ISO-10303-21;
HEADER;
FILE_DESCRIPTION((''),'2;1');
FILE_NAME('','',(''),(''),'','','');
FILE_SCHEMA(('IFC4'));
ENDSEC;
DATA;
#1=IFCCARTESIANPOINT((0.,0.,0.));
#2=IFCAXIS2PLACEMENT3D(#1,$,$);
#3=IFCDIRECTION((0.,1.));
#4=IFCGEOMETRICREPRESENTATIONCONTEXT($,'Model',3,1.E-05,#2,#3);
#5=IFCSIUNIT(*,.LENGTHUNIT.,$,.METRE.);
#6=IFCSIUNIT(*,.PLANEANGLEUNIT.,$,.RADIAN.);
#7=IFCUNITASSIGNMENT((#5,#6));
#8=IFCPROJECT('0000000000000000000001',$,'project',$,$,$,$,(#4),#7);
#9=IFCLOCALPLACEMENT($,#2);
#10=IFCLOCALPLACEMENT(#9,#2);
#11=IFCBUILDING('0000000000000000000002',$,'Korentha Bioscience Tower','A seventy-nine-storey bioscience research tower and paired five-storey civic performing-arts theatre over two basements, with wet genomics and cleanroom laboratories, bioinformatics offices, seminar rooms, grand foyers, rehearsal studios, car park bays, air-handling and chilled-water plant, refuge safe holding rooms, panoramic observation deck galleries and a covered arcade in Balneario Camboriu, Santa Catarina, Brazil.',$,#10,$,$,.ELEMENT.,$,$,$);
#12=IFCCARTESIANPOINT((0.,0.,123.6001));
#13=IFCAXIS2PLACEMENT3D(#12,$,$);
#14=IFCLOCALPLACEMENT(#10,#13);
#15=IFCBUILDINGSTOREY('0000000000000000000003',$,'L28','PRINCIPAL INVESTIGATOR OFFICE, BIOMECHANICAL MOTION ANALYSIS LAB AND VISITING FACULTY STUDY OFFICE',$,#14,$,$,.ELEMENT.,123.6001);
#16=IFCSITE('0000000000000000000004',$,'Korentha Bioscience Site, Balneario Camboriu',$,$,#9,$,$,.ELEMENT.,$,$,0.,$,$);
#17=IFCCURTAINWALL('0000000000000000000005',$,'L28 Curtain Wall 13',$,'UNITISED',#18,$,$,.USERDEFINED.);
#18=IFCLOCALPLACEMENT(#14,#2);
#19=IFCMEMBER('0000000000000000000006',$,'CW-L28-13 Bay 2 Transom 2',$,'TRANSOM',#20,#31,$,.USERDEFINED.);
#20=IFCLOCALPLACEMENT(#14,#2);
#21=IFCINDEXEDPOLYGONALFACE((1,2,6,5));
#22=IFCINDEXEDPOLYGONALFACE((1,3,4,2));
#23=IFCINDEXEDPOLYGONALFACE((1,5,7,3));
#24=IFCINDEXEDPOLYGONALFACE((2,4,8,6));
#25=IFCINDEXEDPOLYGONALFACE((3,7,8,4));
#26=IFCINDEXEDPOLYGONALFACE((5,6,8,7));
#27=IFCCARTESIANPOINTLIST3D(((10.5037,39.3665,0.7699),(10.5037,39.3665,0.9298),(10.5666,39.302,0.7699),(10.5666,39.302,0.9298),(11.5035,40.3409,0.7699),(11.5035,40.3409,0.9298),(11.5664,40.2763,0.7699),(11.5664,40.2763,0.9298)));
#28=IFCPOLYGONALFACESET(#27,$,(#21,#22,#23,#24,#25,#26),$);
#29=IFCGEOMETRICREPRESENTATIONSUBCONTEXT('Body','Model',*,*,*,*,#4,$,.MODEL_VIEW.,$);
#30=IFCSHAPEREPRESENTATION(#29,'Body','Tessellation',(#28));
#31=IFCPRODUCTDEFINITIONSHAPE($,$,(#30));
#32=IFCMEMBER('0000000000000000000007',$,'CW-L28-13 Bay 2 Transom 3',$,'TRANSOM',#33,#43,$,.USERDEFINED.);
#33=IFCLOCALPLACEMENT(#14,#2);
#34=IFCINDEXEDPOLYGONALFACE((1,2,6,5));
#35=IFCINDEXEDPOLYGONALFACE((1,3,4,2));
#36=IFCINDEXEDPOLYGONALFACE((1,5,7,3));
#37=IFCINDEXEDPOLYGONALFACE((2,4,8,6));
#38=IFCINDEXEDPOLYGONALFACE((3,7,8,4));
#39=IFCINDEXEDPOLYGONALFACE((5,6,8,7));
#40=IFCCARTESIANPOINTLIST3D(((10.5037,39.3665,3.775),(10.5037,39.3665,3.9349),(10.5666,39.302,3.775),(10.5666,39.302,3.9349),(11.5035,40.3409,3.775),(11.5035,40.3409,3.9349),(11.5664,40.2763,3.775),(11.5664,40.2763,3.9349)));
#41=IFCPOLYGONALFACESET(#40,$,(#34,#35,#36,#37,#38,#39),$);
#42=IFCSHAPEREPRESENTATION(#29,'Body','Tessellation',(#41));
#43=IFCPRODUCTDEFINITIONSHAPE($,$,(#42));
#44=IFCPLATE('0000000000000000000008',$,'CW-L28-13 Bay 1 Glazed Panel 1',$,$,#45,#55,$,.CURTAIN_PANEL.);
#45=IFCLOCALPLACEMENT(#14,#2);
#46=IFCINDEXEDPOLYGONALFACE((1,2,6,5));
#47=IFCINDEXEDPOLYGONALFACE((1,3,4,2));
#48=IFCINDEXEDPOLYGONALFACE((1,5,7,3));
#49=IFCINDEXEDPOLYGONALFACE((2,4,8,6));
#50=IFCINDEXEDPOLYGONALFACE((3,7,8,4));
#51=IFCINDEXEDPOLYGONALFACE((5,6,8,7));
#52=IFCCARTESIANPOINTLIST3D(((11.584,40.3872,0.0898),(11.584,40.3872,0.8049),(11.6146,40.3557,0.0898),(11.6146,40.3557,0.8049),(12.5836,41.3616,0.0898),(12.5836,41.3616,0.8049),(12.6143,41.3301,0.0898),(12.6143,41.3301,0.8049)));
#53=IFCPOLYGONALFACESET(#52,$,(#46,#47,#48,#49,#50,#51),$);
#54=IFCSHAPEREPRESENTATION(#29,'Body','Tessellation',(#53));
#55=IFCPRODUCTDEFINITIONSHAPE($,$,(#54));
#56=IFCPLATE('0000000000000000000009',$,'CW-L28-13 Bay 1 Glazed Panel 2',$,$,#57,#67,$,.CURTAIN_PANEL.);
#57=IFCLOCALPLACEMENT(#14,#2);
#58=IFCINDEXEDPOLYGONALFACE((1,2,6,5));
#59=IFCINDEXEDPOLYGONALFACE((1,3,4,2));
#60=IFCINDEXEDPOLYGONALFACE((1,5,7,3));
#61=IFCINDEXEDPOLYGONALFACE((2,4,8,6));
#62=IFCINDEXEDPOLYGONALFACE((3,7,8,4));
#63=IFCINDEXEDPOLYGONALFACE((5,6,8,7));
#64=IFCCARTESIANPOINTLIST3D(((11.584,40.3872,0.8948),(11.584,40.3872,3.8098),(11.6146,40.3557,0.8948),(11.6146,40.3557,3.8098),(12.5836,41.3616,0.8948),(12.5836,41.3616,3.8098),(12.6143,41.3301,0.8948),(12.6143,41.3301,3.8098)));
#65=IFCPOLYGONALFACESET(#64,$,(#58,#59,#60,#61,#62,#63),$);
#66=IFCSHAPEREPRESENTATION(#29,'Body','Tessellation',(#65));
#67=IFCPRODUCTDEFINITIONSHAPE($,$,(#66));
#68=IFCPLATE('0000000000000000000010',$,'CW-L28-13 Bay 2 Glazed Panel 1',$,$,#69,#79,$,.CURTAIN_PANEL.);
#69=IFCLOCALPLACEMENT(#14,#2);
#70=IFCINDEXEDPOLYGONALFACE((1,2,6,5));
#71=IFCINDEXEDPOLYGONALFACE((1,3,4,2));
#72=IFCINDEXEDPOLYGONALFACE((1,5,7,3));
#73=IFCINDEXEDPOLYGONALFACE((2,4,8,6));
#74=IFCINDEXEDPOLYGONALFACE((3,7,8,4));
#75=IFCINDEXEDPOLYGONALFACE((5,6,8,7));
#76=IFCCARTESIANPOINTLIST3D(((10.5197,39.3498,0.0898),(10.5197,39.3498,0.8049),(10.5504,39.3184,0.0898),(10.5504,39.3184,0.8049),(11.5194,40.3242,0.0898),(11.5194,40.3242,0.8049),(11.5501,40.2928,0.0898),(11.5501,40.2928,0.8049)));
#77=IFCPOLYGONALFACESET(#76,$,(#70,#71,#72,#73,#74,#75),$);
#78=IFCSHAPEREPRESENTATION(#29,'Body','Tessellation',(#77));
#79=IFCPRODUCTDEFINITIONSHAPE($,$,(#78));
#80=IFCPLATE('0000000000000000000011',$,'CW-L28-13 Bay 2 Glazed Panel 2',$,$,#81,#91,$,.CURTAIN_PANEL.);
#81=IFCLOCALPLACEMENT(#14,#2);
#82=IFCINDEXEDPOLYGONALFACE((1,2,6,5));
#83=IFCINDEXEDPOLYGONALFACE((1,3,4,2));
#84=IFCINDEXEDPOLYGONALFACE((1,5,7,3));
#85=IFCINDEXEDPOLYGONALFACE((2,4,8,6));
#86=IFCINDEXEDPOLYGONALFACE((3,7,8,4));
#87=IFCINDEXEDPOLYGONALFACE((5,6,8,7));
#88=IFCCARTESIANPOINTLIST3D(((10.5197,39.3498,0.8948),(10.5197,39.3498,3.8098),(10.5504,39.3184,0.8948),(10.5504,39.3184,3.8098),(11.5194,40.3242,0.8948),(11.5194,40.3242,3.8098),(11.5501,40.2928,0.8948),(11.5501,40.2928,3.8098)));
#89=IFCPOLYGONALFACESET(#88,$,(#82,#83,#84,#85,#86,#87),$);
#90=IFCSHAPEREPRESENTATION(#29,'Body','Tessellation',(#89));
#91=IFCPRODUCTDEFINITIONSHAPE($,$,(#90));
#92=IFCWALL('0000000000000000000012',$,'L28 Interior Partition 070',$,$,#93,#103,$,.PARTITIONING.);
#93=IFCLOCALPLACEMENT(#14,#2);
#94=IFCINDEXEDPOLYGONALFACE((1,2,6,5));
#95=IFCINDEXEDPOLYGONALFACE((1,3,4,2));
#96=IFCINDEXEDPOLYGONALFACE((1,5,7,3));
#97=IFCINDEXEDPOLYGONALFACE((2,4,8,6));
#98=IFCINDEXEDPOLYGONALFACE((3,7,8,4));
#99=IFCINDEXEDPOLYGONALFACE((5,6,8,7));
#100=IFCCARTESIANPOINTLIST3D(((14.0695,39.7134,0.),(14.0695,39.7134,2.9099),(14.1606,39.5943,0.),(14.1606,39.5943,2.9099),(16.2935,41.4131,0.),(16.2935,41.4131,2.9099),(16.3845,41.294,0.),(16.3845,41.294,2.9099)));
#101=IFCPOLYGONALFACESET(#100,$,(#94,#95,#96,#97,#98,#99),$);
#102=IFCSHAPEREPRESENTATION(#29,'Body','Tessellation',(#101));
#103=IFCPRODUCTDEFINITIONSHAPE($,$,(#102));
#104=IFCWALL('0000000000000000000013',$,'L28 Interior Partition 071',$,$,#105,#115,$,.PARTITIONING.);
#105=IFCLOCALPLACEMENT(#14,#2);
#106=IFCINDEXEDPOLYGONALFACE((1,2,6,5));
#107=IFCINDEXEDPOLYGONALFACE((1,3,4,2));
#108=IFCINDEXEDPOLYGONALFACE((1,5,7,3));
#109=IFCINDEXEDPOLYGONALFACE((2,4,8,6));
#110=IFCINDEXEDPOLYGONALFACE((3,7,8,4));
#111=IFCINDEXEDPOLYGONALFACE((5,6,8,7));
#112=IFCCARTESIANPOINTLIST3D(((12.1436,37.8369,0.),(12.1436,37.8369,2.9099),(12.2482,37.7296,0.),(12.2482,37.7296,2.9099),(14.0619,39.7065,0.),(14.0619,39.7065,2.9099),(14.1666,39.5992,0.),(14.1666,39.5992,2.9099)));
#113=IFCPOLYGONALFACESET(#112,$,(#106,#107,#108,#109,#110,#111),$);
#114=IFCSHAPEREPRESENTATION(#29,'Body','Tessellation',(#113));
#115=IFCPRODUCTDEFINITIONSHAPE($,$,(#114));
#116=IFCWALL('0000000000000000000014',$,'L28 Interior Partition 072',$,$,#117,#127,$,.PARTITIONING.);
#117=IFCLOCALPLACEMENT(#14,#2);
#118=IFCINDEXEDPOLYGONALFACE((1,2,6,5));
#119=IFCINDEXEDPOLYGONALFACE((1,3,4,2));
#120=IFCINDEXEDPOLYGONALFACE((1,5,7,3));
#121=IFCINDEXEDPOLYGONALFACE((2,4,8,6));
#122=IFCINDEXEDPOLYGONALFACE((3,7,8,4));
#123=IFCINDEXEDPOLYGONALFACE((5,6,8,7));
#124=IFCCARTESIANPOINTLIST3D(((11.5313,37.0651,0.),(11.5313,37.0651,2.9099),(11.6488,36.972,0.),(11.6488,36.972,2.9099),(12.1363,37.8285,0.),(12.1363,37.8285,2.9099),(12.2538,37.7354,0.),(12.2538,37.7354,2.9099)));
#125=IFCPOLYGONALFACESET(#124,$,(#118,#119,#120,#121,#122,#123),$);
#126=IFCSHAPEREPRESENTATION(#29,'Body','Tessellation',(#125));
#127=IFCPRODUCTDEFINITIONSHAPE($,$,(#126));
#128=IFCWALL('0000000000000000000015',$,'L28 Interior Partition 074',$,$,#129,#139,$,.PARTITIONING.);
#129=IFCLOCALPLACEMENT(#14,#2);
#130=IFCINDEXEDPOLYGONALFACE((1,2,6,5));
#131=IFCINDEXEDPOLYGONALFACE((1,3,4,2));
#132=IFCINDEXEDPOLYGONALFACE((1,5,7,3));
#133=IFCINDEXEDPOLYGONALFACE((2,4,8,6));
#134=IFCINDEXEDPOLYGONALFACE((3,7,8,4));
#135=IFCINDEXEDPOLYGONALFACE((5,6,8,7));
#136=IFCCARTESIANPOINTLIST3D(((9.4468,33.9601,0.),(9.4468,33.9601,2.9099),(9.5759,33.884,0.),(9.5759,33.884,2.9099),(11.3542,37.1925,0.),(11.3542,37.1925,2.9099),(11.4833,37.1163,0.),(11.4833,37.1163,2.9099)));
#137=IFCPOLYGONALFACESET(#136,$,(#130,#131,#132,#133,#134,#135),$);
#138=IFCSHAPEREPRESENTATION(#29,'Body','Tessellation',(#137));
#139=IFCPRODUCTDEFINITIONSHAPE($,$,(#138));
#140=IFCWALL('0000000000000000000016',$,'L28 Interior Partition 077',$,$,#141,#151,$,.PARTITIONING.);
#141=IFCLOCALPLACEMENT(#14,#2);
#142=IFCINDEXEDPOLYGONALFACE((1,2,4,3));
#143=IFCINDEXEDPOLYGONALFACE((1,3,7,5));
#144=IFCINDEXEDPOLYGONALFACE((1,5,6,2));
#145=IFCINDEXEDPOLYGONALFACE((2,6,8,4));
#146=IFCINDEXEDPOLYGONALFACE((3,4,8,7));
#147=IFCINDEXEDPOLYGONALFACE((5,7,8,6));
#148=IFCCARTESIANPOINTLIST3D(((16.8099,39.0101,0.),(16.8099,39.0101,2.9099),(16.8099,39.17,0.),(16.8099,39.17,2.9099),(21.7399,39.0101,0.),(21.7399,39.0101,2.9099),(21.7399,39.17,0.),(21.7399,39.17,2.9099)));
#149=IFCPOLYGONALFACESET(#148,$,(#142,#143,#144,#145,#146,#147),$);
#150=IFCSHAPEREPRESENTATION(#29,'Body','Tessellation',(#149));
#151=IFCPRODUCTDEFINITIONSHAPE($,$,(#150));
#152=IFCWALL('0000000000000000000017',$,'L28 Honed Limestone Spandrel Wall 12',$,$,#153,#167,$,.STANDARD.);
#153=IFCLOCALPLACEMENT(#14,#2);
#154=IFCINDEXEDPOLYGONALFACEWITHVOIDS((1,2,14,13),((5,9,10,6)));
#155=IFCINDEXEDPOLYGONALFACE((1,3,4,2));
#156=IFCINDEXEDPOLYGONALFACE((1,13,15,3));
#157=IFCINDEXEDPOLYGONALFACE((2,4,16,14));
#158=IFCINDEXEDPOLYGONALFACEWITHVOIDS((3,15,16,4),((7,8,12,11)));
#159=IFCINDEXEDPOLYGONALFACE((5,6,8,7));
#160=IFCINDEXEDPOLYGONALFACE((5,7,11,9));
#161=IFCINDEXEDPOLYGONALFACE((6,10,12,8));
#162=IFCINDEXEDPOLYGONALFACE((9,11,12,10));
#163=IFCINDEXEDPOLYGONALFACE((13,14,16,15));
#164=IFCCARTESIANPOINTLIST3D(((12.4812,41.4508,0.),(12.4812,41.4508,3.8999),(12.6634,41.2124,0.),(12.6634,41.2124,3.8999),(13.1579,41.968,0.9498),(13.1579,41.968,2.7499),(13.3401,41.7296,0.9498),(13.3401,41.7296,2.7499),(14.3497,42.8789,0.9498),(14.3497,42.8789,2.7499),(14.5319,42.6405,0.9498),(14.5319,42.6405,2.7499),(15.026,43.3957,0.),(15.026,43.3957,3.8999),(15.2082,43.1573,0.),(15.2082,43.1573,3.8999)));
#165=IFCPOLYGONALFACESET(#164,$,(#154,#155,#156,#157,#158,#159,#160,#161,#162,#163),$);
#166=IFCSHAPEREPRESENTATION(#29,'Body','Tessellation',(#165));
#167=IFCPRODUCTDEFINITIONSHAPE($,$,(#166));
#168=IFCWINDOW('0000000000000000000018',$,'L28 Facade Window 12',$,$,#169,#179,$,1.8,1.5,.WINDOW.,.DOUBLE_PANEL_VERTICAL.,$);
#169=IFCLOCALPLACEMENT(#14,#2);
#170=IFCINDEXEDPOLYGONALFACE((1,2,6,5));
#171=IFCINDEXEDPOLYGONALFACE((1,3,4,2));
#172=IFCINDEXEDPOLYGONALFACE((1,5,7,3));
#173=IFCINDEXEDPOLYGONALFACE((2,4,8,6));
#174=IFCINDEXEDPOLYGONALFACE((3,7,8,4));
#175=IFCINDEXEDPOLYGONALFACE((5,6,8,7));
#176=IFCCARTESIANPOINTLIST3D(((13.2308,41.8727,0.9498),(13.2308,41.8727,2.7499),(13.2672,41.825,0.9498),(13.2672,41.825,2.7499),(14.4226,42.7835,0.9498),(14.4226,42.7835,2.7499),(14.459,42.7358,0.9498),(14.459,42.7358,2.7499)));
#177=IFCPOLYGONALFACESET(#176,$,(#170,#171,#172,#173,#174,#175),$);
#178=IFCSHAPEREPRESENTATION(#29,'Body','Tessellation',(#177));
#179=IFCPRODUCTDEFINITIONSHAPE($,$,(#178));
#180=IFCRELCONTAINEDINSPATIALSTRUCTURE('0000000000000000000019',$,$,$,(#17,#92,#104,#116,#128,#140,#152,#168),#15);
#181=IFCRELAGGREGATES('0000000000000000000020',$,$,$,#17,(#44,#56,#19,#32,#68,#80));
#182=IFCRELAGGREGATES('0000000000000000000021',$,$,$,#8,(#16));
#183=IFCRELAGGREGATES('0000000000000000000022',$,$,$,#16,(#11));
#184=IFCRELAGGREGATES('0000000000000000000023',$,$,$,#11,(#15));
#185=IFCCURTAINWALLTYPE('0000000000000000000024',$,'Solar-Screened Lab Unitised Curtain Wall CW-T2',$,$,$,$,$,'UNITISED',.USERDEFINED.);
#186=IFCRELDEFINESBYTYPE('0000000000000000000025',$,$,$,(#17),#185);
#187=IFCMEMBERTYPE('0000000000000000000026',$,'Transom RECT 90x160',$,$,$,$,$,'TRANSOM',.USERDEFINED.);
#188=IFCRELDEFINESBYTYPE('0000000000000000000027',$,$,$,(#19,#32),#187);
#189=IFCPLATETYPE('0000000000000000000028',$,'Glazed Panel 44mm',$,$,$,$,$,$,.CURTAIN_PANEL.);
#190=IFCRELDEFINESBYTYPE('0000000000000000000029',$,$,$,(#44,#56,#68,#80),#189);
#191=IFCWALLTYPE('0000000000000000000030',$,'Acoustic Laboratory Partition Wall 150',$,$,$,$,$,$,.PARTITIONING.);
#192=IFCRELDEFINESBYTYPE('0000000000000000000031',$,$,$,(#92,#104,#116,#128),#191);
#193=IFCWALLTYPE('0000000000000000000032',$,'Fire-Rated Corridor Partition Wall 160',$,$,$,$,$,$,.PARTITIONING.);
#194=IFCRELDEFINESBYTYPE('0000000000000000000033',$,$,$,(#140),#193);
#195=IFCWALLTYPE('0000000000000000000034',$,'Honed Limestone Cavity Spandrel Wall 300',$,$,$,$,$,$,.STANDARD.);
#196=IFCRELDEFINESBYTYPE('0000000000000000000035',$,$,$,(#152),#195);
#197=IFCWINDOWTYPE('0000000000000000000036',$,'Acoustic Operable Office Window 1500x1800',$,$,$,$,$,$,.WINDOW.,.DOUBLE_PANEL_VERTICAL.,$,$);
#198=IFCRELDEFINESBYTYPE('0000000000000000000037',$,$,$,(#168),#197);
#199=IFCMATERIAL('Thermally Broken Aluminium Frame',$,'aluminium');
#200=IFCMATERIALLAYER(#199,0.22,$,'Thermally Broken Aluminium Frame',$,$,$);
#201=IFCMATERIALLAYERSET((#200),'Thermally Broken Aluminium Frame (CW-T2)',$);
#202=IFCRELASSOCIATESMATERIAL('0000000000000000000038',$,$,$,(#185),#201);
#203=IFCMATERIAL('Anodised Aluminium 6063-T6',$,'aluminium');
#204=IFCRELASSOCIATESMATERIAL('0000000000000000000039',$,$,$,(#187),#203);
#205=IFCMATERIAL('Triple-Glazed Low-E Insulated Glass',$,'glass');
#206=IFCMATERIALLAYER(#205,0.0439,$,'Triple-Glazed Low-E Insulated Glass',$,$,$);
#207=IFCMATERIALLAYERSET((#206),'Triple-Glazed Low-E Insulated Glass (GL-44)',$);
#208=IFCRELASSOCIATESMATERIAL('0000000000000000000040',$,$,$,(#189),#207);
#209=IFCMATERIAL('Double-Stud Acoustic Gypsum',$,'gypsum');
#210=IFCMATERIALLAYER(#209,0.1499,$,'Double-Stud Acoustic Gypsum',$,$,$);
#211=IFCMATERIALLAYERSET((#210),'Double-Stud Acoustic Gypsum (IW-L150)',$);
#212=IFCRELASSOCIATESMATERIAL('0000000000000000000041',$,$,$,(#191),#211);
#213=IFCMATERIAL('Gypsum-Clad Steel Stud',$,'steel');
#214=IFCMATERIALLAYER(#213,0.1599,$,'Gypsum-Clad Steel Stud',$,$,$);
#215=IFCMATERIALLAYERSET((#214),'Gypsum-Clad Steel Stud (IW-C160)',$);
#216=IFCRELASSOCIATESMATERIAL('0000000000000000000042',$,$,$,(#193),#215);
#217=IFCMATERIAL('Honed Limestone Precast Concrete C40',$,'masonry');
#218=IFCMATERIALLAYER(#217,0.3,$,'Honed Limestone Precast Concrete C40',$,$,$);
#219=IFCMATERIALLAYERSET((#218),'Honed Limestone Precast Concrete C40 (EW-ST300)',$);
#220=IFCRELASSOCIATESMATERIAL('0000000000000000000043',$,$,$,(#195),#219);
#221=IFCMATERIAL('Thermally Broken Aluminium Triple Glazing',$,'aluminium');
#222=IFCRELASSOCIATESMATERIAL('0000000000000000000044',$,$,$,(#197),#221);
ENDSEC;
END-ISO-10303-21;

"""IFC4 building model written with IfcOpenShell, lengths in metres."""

from ifc_helpers import new_model, si_unit, direction, frame, frame_2d, origin, origin_2d, place, context, subcontext, project, spatial, rectangle, extrude, material, layer, layer_set, material_profile, profile_set, type_object, element, fill, aggregate, save


model = new_model("IFC4")

# Units and contexts
model_context = context("Model", 3, precision=1e-05, world=origin(), true_north=direction((0.0, 1.0)))
body_context = subcontext(model_context, "Body", "Model", "MODEL_VIEW")
ifc_project = project(units=[si_unit("LENGTHUNIT", "METRE"), si_unit("PLANEANGLEUNIT", "RADIAN")], contexts=[model_context])

# Site, building, storey
site_placement = place(None, origin())
site = spatial("IfcSite", under=ifc_project, at=site_placement, Name="Korentha Bioscience Site, Balneario Camboriu", CompositionType="ELEMENT", RefElevation=0.0)
building_placement = place(site_placement, origin())
building = spatial("IfcBuilding", under=site, at=building_placement, Name="Korentha Bioscience Tower", Description="A seventy-nine-storey bioscience research tower and paired five-storey civic performing-arts theatre over two basements, with wet genomics and cleanroom laboratories, bioinformatics offices, seminar rooms, grand foyers, rehearsal studios, car park bays, air-handling and chilled-water plant, refuge safe holding rooms, panoramic observation deck galleries and a covered arcade in Balneario Camboriu, Santa Catarina, Brazil.", CompositionType="ELEMENT")
storey_placement = place(building_placement, frame((0.0, 0.0, 123.6001)))
storey = spatial("IfcBuildingStorey", under=building, at=storey_placement, Name="L28", Description="PRINCIPAL INVESTIGATOR OFFICE, BIOMECHANICAL MOTION ANALYSIS LAB AND VISITING FACULTY STUDY OFFICE", CompositionType="ELEMENT", Elevation=123.6001)

# Curtain wall
ifc_material_1 = material(Name="Thermally Broken Aluminium Frame", Category="aluminium")
ifc_layer_1 = layer(ifc_material_1, 0.22, Name="Thermally Broken Aluminium Frame")
ifc_layer_set_1 = layer_set([ifc_layer_1], Name="Thermally Broken Aluminium Frame (CW-T2)")
curtain_wall_type = type_object("IfcCurtainWallType", Name="Solar-Screened Lab Unitised Curtain Wall CW-T2", ElementType="UNITISED", PredefinedType="USERDEFINED", material=ifc_layer_set_1)
curtain_wall_placement = place(storey_placement, origin())
curtain_wall = element("IfcCurtainWall", 1, at=curtain_wall_placement, inside=storey, type_object=curtain_wall_type, Name="L28 Curtain Wall 13", ObjectType="UNITISED", PredefinedType="USERDEFINED")
ifc_material_2 = material(Name="Anodised Aluminium 6063-T6", Category="aluminium")

# Members
ifc_material_profile_1 = material_profile(ifc_material_2, rectangle(XDim=0.0901, YDim=0.1599, at=origin_2d()), Name="Anodised Aluminium 6063-T6")
ifc_profile_set_1 = profile_set([ifc_material_profile_1], Name="Anodised Aluminium 6063-T6 (CW-TRN)")
member_type_1 = type_object("IfcMemberType", Name="Transom RECT 90x160", ElementType="TRANSOM", PredefinedType="USERDEFINED", material=ifc_profile_set_1)
member_1_placement = place(storey_placement, frame((11.5349, 40.3086, 0.8499), z_axis=(-0.716142, -0.697954, 0.0), x_axis=(0.697954, -0.716142, 0.0)))
member_1 = element("IfcMember", 2, at=member_1_placement, type_object=member_type_1, Name="CW-L28-13 Bay 2 Transom 2", ObjectType="TRANSOM", PredefinedType="USERDEFINED", context=body_context, shape_type="SweptSolid", body=[
    extrude(rectangle(XDim=0.0901, YDim=0.1599, at=origin_2d()), origin(), (0.0, 0.0, 1.0), 1.396),
])
member_2_placement = place(storey_placement, frame((11.5349, 40.3086, 3.855), z_axis=(-0.716142, -0.697954, 0.0), x_axis=(0.697954, -0.716142, 0.0)))
member_2 = element("IfcMember", 3, at=member_2_placement, type_object=member_type_1, Name="CW-L28-13 Bay 2 Transom 3", ObjectType="TRANSOM", PredefinedType="USERDEFINED", context=body_context, shape_type="SweptSolid", body=[
    extrude(rectangle(XDim=0.0901, YDim=0.1599, at=origin_2d()), origin(), (0.0, 0.0, 1.0), 1.396),
])

# Plates
ifc_material_3 = material(Name="Triple-Glazed Low-E Insulated Glass", Category="glass")
ifc_layer_2 = layer(ifc_material_3, 0.0439, Name="Triple-Glazed Low-E Insulated Glass")
ifc_layer_set_2 = layer_set([ifc_layer_2], Name="Triple-Glazed Low-E Insulated Glass (GL-44)")
plate_type = type_object("IfcPlateType", Name="Glazed Panel 44mm", PredefinedType="CURTAIN_PANEL", material=ifc_layer_set_2)
plate_1_placement = place(storey_placement, frame((12.0991, 40.8586, 0.0898), z_axis=(0.0, 0.0, 1.0), x_axis=(-0.716096, -0.698002, 0.0)))
plate_1 = element("IfcPlate", 4, at=plate_1_placement, type_object=plate_type, Name="CW-L28-13 Bay 1 Glazed Panel 1", PredefinedType="CURTAIN_PANEL", context=body_context, shape_type="SweptSolid", body=[
    extrude(rectangle(XDim=1.396, YDim=0.0439, at=origin_2d()), origin(), (0.0, 0.0, 1.0), 0.7151),
])
plate_2_placement = place(storey_placement, frame((12.0991, 40.8586, 0.8948), z_axis=(0.0, 0.0, 1.0), x_axis=(-0.716096, -0.698002, 0.0)))
plate_2 = element("IfcPlate", 5, at=plate_2_placement, type_object=plate_type, Name="CW-L28-13 Bay 1 Glazed Panel 2", PredefinedType="CURTAIN_PANEL", context=body_context, shape_type="SweptSolid", body=[
    extrude(rectangle(XDim=1.396, YDim=0.0439, at=origin_2d()), origin(), (0.0, 0.0, 1.0), 2.915),
])
plate_3_placement = place(storey_placement, frame((11.0349, 39.8213, 0.0898), z_axis=(0.0, 0.0, 1.0), x_axis=(-0.716096, -0.698002, 0.0)))
plate_3 = element("IfcPlate", 6, at=plate_3_placement, type_object=plate_type, Name="CW-L28-13 Bay 2 Glazed Panel 1", PredefinedType="CURTAIN_PANEL", context=body_context, shape_type="SweptSolid", body=[
    extrude(rectangle(XDim=1.396, YDim=0.0439, at=origin_2d()), origin(), (0.0, 0.0, 1.0), 0.7151),
])
plate_4_placement = place(storey_placement, frame((11.0349, 39.8213, 0.8948), z_axis=(0.0, 0.0, 1.0), x_axis=(-0.716096, -0.698002, 0.0)))
plate_4 = element("IfcPlate", 7, at=plate_4_placement, type_object=plate_type, Name="CW-L28-13 Bay 2 Glazed Panel 2", PredefinedType="CURTAIN_PANEL", context=body_context, shape_type="SweptSolid", body=[
    extrude(rectangle(XDim=1.396, YDim=0.0439, at=origin_2d()), origin(), (0.0, 0.0, 1.0), 2.915),
])
aggregate(curtain_wall, [plate_1, plate_2, member_1, member_2, plate_3, plate_4])

# Walls
ifc_material_4 = material(Name="Double-Stud Acoustic Gypsum", Category="gypsum")
ifc_layer_3 = layer(ifc_material_4, 0.1499, Name="Double-Stud Acoustic Gypsum")
ifc_layer_set_3 = layer_set([ifc_layer_3], Name="Double-Stud Acoustic Gypsum (IW-L150)")
wall_type_1 = type_object("IfcWallType", Name="Acoustic Laboratory Partition Wall 150", PredefinedType="PARTITIONING", material=ifc_layer_set_3)
wall_1_placement = place(storey_placement, frame((16.3389, 41.3535, 0.0), z_axis=(0.0, 0.0, 1.0), x_axis=(-0.794514, -0.607246, 0.0)))
element("IfcWall", 8, at=wall_1_placement, inside=storey, type_object=wall_type_1, Name="L28 Interior Partition 070", PredefinedType="PARTITIONING", context=body_context, shape_type="SweptSolid", body=[
    extrude(rectangle(XDim=2.7991, YDim=0.1499, at=frame_2d((1.3994, 0.0))), origin(), (0.0, 0.0, 1.0), 2.9099),
])
wall_2_placement = place(storey_placement, frame((14.1143, 39.6528, 0.0), z_axis=(0.0, 0.0, 1.0), x_axis=(-0.716162, -0.697934, 0.0)))
element("IfcWall", 9, at=wall_2_placement, inside=storey, type_object=wall_type_1, Name="L28 Interior Partition 071", PredefinedType="PARTITIONING", context=body_context, shape_type="SweptSolid", body=[
    extrude(rectangle(XDim=2.6787, YDim=0.1499, at=frame_2d((1.3394, 0.0))), origin(), (0.0, 0.0, 1.0), 2.9099),
])
wall_3_placement = place(storey_placement, frame((12.1951, 37.782, 0.0), z_axis=(0.0, 0.0, 1.0), x_axis=(-0.621082, -0.783746, 0.0)))
element("IfcWall", 10, at=wall_3_placement, inside=storey, type_object=wall_type_1, Name="L28 Interior Partition 072", PredefinedType="PARTITIONING", context=body_context, shape_type="SweptSolid", body=[
    extrude(rectangle(XDim=0.9741, YDim=0.1499, at=frame_2d((0.4871, 0.0))), origin(), (0.0, 0.0, 1.0), 2.9099),
])
wall_4_placement = place(storey_placement, frame((11.4187, 37.1543, 0.0), z_axis=(0.0, 0.0, 1.0), x_axis=(-0.508216, -0.861229, 0.0)))
element("IfcWall", 11, at=wall_4_placement, inside=storey, type_object=wall_type_1, Name="L28 Interior Partition 074", PredefinedType="PARTITIONING", context=body_context, shape_type="SweptSolid", body=[
    extrude(rectangle(XDim=3.7532, YDim=0.1499, at=frame_2d((1.8765, 0.0))), origin(), (0.0, 0.0, 1.0), 2.9099),
])
ifc_material_5 = material(Name="Gypsum-Clad Steel Stud", Category="steel")
ifc_layer_4 = layer(ifc_material_5, 0.1599, Name="Gypsum-Clad Steel Stud")
ifc_layer_set_4 = layer_set([ifc_layer_4], Name="Gypsum-Clad Steel Stud (IW-C160)")
wall_type_2 = type_object("IfcWallType", Name="Fire-Rated Corridor Partition Wall 160", PredefinedType="PARTITIONING", material=ifc_layer_set_4)
wall_5_placement = place(storey_placement, frame((16.8101, 39.0901, 0.0), z_axis=(0.0, 0.0, 1.0), x_axis=(1.0, 0.0, 0.0)))
element("IfcWall", 12, at=wall_5_placement, inside=storey, type_object=wall_type_2, Name="L28 Interior Partition 077", PredefinedType="PARTITIONING", context=body_context, shape_type="SweptSolid", body=[
    extrude(rectangle(XDim=4.9299, YDim=0.1599, at=frame_2d((2.4648, 0.0))), origin(), (0.0, 0.0, 1.0), 2.9099),
])

# Wall, opening, window
ifc_material_6 = material(Name="Honed Limestone Precast Concrete C40", Category="masonry")
ifc_layer_5 = layer(ifc_material_6, 0.3, Name="Honed Limestone Precast Concrete C40")
ifc_layer_set_5 = layer_set([ifc_layer_5], Name="Honed Limestone Precast Concrete C40 (EW-ST300)")
wall_type_3 = type_object("IfcWallType", Name="Honed Limestone Cavity Spandrel Wall 300", PredefinedType="STANDARD", material=ifc_layer_set_5)
wall_6_placement = place(storey_placement, frame((15.1172, 43.2766, 0.0), z_axis=(0.0, 0.0, 1.0), x_axis=(-0.794524, -0.607232, 0.0)))
wall_6 = element("IfcWall", 13, at=wall_6_placement, inside=storey, type_object=wall_type_3, Name="L28 Honed Limestone Spandrel Wall 12", PredefinedType="STANDARD", context=body_context, shape_type="SweptSolid", body=[
    extrude(rectangle(XDim=3.2029, YDim=0.3, at=frame_2d((1.6016, 0.0))), origin(), (0.0, 0.0, 1.0), 3.8999),
])
opening_placement = place(wall_6_placement, frame((0.8513, 0.0, 0.95)))
opening = element("IfcOpeningElement", 14, at=opening_placement, cuts=wall_6, PredefinedType="OPENING", context=body_context, shape_type="SweptSolid", body=[
    extrude(rectangle(XDim=1.5, YDim=1.8, at=frame_2d((0.75, 0.8999))), frame((0.0, 0.165, 0.0), z_axis=(0.0, -1.0, 0.0), x_axis=(1.0, 0.0, 0.0)), (0.0, 0.0, 1.0), 0.3298),
])
ifc_material_7 = material(Name="Thermally Broken Aluminium Triple Glazing", Category="aluminium")
window_type = type_object("IfcWindowType", Name="Acoustic Operable Office Window 1500x1800", PartitioningType="DOUBLE_PANEL_VERTICAL", PredefinedType="WINDOW", material=ifc_material_7)
window_placement = place(opening_placement, origin())
window = element("IfcWindow", 15, at=window_placement, inside=storey, type_object=window_type, Name="L28 Facade Window 12", OverallHeight=1.8, OverallWidth=1.5, PartitioningType="DOUBLE_PANEL_VERTICAL", PredefinedType="WINDOW", context=body_context, shape_type="SweptSolid", body=[
    extrude(rectangle(XDim=1.5, YDim=1.8, at=frame_2d((0.75, 0.8999))), frame((0.0, 0.03, 0.0), z_axis=(0.0, -1.0, 0.0), x_axis=(1.0, 0.0, 0.0)), (0.0, 0.0, 1.0), 0.0601),
])
fill(opening, window)

save(model, "model.ifc")
